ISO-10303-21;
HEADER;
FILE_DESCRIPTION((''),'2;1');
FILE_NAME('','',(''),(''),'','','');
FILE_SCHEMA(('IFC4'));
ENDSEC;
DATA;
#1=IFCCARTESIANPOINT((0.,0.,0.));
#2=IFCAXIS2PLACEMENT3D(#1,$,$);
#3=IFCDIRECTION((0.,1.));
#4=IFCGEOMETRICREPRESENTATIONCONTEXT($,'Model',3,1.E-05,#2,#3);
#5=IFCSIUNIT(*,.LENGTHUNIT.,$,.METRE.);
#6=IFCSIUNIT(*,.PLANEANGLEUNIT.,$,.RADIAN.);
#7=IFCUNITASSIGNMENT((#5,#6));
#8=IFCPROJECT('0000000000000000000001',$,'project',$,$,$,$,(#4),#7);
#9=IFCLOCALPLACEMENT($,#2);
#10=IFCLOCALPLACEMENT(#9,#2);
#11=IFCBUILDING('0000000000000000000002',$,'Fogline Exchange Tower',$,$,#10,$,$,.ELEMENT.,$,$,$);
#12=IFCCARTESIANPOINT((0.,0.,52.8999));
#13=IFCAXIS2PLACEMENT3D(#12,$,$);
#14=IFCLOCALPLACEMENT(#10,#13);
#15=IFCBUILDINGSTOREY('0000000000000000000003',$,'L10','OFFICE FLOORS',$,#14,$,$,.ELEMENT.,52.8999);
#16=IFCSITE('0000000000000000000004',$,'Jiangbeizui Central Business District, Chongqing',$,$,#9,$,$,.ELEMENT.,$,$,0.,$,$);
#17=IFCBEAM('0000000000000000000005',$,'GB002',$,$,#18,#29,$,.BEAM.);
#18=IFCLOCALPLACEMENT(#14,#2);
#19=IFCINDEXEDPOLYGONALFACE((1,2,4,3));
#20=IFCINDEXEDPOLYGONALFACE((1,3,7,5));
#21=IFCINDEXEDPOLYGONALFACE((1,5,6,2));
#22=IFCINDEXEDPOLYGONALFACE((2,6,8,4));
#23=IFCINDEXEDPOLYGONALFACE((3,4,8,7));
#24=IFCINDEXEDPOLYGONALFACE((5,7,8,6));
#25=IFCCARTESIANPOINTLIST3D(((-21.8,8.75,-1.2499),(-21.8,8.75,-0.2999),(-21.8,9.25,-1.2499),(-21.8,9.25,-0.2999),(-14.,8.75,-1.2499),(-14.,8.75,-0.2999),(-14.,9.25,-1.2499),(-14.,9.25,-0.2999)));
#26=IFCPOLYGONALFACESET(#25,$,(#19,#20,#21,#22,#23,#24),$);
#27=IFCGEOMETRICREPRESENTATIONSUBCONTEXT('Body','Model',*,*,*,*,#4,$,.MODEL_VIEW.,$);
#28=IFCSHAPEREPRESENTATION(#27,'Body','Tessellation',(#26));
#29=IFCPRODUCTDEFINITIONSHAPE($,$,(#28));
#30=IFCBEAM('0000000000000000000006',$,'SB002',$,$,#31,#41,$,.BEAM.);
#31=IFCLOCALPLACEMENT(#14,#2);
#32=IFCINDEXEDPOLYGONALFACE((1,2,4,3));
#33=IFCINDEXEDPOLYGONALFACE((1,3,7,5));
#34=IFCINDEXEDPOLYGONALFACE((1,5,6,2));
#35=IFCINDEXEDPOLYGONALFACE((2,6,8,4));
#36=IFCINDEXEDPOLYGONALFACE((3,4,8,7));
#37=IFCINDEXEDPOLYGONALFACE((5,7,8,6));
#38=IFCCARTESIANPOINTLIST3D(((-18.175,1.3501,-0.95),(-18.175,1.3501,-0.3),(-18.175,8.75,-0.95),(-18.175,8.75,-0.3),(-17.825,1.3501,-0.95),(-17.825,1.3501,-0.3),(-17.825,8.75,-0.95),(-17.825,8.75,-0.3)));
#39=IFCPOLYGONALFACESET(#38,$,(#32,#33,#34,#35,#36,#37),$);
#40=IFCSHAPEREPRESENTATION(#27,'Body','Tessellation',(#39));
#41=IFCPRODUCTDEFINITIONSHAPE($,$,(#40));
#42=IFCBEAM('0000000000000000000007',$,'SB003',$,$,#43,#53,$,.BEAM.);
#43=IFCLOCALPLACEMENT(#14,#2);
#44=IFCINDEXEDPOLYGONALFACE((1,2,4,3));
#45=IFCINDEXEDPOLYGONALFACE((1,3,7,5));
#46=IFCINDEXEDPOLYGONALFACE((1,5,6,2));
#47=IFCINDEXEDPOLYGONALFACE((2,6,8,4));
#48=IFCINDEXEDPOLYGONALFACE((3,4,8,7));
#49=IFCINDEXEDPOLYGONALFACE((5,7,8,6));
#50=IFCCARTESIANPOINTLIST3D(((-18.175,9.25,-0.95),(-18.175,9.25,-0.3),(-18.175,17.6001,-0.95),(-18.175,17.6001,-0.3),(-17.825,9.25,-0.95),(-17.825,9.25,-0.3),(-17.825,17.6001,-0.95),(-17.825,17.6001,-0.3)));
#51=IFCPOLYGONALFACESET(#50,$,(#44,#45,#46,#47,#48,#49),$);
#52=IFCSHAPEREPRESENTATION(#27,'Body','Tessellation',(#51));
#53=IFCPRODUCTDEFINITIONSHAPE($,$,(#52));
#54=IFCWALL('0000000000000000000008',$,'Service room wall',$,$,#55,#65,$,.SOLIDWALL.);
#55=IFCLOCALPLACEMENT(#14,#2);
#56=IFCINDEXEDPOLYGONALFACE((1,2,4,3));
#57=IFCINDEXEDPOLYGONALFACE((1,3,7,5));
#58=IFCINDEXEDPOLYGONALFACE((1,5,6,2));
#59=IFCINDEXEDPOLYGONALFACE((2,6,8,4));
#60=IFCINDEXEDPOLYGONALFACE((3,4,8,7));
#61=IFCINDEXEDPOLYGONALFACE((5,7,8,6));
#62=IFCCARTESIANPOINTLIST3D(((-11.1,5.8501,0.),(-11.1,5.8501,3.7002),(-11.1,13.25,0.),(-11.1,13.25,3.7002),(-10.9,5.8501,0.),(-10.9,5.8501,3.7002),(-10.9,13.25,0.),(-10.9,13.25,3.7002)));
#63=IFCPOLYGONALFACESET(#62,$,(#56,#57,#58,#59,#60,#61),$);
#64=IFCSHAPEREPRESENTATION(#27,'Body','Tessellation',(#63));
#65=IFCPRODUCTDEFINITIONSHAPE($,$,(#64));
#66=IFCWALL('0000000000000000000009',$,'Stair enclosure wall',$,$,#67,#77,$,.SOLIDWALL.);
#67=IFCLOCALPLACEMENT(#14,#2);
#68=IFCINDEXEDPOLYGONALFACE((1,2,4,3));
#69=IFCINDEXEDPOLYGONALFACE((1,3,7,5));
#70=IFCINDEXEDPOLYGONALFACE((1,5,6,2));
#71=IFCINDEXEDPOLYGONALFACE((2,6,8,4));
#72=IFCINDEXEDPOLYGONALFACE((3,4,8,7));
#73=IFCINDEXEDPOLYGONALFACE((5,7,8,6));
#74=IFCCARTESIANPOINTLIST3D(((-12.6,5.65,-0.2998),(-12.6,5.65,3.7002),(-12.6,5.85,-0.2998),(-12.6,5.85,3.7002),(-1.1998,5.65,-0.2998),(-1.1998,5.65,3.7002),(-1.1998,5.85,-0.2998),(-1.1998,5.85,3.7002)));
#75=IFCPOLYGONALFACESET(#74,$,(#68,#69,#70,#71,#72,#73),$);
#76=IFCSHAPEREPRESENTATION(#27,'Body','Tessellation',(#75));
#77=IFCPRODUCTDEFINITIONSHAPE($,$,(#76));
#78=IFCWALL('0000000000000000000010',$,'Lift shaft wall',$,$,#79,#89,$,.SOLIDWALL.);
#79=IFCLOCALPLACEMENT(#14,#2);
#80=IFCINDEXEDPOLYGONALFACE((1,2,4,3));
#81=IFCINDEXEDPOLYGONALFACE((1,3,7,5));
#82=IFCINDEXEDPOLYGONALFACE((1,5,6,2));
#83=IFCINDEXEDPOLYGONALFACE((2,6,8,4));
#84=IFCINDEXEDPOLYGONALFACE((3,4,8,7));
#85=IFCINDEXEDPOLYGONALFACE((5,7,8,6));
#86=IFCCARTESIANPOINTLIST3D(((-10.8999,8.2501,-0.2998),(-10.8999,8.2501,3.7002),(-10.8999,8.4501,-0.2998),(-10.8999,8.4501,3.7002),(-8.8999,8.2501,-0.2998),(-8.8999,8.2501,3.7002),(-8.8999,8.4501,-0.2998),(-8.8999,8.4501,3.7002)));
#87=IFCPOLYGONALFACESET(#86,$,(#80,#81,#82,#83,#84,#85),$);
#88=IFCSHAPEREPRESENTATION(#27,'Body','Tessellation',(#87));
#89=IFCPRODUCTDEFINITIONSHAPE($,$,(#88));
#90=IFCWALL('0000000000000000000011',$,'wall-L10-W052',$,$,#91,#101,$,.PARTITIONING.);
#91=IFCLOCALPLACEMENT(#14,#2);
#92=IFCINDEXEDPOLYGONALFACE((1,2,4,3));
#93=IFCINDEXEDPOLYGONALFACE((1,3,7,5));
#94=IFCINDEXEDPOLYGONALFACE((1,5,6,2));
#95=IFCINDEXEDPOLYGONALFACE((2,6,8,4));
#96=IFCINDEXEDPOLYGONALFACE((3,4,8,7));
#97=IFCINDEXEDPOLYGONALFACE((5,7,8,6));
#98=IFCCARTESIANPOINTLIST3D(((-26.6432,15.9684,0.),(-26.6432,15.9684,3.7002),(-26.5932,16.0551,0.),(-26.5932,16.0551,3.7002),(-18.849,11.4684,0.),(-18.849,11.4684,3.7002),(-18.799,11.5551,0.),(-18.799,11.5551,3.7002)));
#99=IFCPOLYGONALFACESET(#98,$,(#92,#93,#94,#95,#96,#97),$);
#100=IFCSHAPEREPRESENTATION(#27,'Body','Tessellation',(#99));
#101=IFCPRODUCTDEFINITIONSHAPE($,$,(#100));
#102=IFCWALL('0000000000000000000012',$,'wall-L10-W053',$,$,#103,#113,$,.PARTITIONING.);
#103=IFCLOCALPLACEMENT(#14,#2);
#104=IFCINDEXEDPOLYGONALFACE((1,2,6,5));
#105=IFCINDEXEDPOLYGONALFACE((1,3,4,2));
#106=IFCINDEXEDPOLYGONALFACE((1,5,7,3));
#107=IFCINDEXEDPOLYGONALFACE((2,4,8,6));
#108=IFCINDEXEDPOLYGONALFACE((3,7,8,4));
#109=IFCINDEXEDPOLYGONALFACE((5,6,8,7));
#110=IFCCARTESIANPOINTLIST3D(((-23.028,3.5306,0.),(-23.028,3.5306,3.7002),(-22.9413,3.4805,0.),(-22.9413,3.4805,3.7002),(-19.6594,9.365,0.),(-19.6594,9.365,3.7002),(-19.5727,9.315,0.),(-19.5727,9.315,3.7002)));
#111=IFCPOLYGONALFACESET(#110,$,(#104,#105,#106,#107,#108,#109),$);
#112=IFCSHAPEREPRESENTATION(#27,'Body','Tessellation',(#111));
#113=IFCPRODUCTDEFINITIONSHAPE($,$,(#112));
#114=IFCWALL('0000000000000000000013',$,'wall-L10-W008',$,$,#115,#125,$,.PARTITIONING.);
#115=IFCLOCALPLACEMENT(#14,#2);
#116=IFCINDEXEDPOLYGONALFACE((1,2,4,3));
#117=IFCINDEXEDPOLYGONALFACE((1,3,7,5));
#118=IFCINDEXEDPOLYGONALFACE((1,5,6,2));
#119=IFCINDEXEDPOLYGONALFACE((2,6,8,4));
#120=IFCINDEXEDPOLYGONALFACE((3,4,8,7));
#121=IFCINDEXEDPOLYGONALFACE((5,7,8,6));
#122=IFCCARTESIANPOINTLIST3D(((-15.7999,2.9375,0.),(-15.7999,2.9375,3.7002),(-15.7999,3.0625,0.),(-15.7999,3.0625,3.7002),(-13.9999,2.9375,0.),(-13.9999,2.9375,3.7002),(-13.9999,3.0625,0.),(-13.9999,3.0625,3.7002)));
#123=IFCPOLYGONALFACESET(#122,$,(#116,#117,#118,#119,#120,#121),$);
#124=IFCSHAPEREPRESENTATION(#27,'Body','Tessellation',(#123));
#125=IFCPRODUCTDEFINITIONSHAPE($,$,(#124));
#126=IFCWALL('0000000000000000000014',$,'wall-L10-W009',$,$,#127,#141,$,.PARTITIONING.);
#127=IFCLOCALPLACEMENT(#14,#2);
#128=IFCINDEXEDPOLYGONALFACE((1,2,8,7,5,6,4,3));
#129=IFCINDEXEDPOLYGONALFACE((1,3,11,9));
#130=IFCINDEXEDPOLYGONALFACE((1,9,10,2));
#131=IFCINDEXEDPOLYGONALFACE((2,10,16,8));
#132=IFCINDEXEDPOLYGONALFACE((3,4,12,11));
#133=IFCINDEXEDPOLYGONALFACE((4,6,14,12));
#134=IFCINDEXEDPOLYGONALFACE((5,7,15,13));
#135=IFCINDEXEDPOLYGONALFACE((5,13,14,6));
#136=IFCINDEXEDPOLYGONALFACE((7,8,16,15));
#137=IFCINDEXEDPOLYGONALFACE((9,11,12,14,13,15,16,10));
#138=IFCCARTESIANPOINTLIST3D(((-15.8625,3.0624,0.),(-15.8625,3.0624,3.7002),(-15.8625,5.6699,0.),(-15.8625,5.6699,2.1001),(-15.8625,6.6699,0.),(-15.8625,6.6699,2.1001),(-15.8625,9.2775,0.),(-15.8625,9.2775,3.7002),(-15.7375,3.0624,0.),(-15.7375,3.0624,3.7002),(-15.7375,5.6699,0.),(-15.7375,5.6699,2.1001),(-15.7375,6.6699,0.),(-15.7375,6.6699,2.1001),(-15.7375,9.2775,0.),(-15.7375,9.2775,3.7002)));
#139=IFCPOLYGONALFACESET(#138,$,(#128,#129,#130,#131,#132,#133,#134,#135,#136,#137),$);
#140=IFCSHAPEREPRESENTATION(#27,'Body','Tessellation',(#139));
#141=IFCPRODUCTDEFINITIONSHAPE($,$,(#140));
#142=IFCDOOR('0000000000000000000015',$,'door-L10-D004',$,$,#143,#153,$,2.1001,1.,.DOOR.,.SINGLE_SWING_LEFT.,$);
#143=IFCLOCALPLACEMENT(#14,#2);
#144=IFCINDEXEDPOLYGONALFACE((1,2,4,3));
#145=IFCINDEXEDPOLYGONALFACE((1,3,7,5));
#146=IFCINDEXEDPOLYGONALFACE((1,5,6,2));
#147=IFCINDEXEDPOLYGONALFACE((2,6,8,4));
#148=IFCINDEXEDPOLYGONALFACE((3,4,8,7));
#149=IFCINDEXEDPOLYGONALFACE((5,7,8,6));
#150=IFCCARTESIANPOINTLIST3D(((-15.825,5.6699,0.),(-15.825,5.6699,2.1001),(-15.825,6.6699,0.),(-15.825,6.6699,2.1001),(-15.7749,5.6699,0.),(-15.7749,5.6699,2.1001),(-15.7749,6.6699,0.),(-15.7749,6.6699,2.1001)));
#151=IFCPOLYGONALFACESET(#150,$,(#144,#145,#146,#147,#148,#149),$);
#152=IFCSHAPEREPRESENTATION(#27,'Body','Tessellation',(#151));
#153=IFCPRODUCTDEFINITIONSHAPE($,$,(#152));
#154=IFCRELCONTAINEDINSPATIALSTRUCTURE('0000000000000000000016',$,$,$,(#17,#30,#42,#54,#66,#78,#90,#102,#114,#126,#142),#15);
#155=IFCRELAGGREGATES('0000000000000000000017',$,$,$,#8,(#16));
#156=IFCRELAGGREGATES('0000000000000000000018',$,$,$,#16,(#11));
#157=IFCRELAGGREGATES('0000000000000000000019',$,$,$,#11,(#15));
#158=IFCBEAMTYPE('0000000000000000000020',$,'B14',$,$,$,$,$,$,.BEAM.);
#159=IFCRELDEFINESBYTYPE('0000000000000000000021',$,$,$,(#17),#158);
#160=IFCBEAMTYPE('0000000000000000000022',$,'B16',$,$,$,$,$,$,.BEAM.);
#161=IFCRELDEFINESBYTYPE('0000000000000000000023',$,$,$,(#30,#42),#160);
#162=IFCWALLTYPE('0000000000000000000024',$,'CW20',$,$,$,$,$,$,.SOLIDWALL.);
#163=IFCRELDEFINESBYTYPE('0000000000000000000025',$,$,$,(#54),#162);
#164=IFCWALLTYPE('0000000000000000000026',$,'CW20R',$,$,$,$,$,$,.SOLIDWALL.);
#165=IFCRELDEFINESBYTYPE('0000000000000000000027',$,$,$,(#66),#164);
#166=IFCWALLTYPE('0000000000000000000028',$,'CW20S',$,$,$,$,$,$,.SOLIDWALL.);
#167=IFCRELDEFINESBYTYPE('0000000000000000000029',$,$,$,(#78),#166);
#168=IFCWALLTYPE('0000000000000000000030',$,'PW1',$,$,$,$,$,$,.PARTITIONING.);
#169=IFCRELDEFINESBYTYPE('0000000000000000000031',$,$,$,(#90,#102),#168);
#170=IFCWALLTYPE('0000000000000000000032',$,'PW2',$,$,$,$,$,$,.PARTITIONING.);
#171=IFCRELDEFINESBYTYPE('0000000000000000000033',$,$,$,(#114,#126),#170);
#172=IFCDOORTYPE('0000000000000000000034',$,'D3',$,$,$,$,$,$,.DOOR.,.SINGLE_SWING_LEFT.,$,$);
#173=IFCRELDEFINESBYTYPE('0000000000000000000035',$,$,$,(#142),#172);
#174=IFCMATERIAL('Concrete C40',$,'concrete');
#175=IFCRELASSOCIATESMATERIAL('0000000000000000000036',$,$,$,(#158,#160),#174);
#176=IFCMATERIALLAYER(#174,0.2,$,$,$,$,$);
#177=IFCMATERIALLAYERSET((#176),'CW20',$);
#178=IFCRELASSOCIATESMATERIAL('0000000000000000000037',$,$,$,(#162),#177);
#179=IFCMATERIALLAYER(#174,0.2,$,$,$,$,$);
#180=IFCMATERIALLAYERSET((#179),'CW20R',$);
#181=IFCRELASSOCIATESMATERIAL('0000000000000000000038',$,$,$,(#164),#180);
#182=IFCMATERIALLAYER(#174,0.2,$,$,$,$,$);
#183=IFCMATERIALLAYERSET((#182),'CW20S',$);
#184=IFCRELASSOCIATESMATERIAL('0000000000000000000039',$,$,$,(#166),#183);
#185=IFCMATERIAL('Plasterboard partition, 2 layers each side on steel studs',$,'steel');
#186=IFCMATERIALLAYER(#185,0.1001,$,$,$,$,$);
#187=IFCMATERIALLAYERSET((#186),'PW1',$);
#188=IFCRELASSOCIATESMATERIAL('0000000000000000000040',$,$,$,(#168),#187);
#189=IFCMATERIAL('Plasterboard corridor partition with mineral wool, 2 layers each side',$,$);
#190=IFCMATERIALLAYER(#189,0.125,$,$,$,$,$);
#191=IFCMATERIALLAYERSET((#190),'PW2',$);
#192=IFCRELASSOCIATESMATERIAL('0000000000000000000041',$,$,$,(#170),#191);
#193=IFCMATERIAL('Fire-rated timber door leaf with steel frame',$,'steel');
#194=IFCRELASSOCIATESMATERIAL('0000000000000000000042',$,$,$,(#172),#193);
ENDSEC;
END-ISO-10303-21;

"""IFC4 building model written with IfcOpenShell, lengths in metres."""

from ifc_helpers import new_model, si_unit, direction, frame, frame_2d, origin, origin_2d, place, context, subcontext, project, spatial, rectangle, extrude, material, layer, layer_set, material_profile, profile_set, type_object, element, fill, save


model = new_model("IFC4")

# Units and contexts
model_context = context("Model", 3, precision=1e-05, world=origin(), true_north=direction((0.0, 1.0)))
body_context = subcontext(model_context, "Body", "Model", "MODEL_VIEW")
ifc_project = project(units=[si_unit("LENGTHUNIT", "METRE"), si_unit("PLANEANGLEUNIT", "RADIAN")], contexts=[model_context])

# Site, building, storey
site_placement = place(None, origin())
site = spatial("IfcSite", under=ifc_project, at=site_placement, Name="Jiangbeizui Central Business District, Chongqing", CompositionType="ELEMENT", RefElevation=0.0)
building_placement = place(site_placement, origin())
building = spatial("IfcBuilding", under=site, at=building_placement, Name="Fogline Exchange Tower", CompositionType="ELEMENT")
storey_placement = place(building_placement, frame((0.0, 0.0, 52.8999)))
storey = spatial("IfcBuildingStorey", under=building, at=storey_placement, Name="L10", Description="OFFICE FLOORS", CompositionType="ELEMENT", Elevation=52.8999)

# Beams
ifc_material_1 = material(Name="Concrete C40", Category="concrete")
ifc_material_profile_1 = material_profile(ifc_material_1, rectangle(XDim=0.5, YDim=0.95, at=origin_2d()), Name="RC 500x950")
ifc_profile_set_1 = profile_set([ifc_material_profile_1], Name="Concrete C40")
beam_type_1 = type_object("IfcBeamType", Name="B14", PredefinedType="BEAM", material=ifc_profile_set_1)
beam_1_placement = place(storey_placement, frame((-21.8, 9.0, -0.7749), z_axis=(1.0, 0.0, 0.0), x_axis=(0.0, 1.0, 0.0)))
element("IfcBeam", 1, at=beam_1_placement, inside=storey, type_object=beam_type_1, Name="GB002", PredefinedType="BEAM", context=body_context, shape_type="SweptSolid", body=[
    extrude(rectangle(XDim=0.5, YDim=0.95, at=origin_2d()), origin(), (0.0, 0.0, 1.0), 7.8),
])
ifc_material_profile_2 = material_profile(ifc_material_1, rectangle(XDim=0.3501, YDim=0.6499, at=origin_2d()), Name="RC 350x650")
ifc_profile_set_2 = profile_set([ifc_material_profile_2], Name="Concrete C40")
beam_type_2 = type_object("IfcBeamType", Name="B16", PredefinedType="BEAM", material=ifc_profile_set_2)
beam_2_placement = place(storey_placement, frame((-18.0, 1.3501, -0.625), z_axis=(0.0, 1.0, 0.0), x_axis=(-1.0, 0.0, 0.0)))
element("IfcBeam", 2, at=beam_2_placement, inside=storey, type_object=beam_type_2, Name="SB002", PredefinedType="BEAM", context=body_context, shape_type="SweptSolid", body=[
    extrude(rectangle(XDim=0.3501, YDim=0.6499, at=origin_2d()), origin(), (0.0, 0.0, 1.0), 7.3999),
])
beam_3_placement = place(storey_placement, frame((-18.0, 9.25, -0.625), z_axis=(0.0, 1.0, 0.0), x_axis=(-1.0, 0.0, 0.0)))
element("IfcBeam", 3, at=beam_3_placement, inside=storey, type_object=beam_type_2, Name="SB003", PredefinedType="BEAM", context=body_context, shape_type="SweptSolid", body=[
    extrude(rectangle(XDim=0.3501, YDim=0.6499, at=origin_2d()), origin(), (0.0, 0.0, 1.0), 8.3501),
])

# Walls
ifc_layer_1 = layer(ifc_material_1, 0.2)
ifc_layer_set_1 = layer_set([ifc_layer_1], Name="CW20")
wall_type_1 = type_object("IfcWallType", Name="CW20", PredefinedType="SOLIDWALL", material=ifc_layer_set_1)
wall_1_placement = place(storey_placement, frame((-11.0, 5.8501, 0.0), z_axis=(0.0, 0.0, 1.0), x_axis=(0.0, 1.0, 0.0)))
element("IfcWall", 4, at=wall_1_placement, inside=storey, type_object=wall_type_1, Name="Service room wall", PredefinedType="SOLIDWALL", context=body_context, shape_type="SweptSolid", body=[
    extrude(rectangle(XDim=7.3999, YDim=0.2, at=frame_2d((3.7, 0.0))), origin(), (0.0, 0.0, 1.0), 3.7002),
])
ifc_layer_2 = layer(ifc_material_1, 0.2)
ifc_layer_set_2 = layer_set([ifc_layer_2], Name="CW20R")
wall_type_2 = type_object("IfcWallType", Name="CW20R", PredefinedType="SOLIDWALL", material=ifc_layer_set_2)
wall_2_placement = place(storey_placement, frame((-12.6001, 5.75, -0.2998), z_axis=(0.0, 0.0, 1.0), x_axis=(1.0, 0.0, 0.0)))
element("IfcWall", 5, at=wall_2_placement, inside=storey, type_object=wall_type_2, Name="Stair enclosure wall", PredefinedType="SOLIDWALL", context=body_context, shape_type="SweptSolid", body=[
    extrude(rectangle(XDim=11.4001, YDim=0.2, at=frame_2d((5.7002, 0.0))), origin(), (0.0, 0.0, 1.0), 4.0),
])
ifc_layer_3 = layer(ifc_material_1, 0.2)
ifc_layer_set_3 = layer_set([ifc_layer_3], Name="CW20S")
wall_type_3 = type_object("IfcWallType", Name="CW20S", PredefinedType="SOLIDWALL", material=ifc_layer_set_3)
wall_3_placement = place(storey_placement, frame((-10.8999, 8.3501, -0.2998), z_axis=(0.0, 0.0, 1.0), x_axis=(1.0, 0.0, 0.0)))
element("IfcWall", 6, at=wall_3_placement, inside=storey, type_object=wall_type_3, Name="Lift shaft wall", PredefinedType="SOLIDWALL", context=body_context, shape_type="SweptSolid", body=[
    extrude(rectangle(XDim=2.0, YDim=0.2, at=frame_2d((1.0, 0.0))), origin(), (0.0, 0.0, 1.0), 4.0),
])
ifc_material_2 = material(Name="Plasterboard partition, 2 layers each side on steel studs", Category="steel")
ifc_layer_4 = layer(ifc_material_2, 0.1001)
ifc_layer_set_4 = layer_set([ifc_layer_4], Name="PW1")
wall_type_4 = type_object("IfcWallType", Name="PW1", PredefinedType="PARTITIONING", material=ifc_layer_set_4)
wall_4_placement = place(storey_placement, frame((-18.824, 11.5117, 0.0), z_axis=(0.0, 0.0, 1.0), x_axis=(-0.866024, 0.500002, 0.0)))
element("IfcWall", 7, at=wall_4_placement, inside=storey, type_object=wall_type_4, Name="wall-L10-W052", PredefinedType="PARTITIONING", context=body_context, shape_type="SweptSolid", body=[
    extrude(rectangle(XDim=9.0, YDim=0.1001, at=frame_2d((4.5, 0.0))), origin(), (0.0, 0.0, 1.0), 3.7002),
])
wall_5_placement = place(storey_placement, frame((-19.616, 9.3401, 0.0), z_axis=(0.0, 0.0, 1.0), x_axis=(-0.500013, -0.866018, 0.0)))
element("IfcWall", 8, at=wall_5_placement, inside=storey, type_object=wall_type_4, Name="wall-L10-W053", PredefinedType="PARTITIONING", context=body_context, shape_type="SweptSolid", body=[
    extrude(rectangle(XDim=6.7371, YDim=0.1001, at=frame_2d((3.3687, 0.0))), origin(), (0.0, 0.0, 1.0), 3.7002),
])
ifc_material_3 = material(Name="Plasterboard corridor partition with mineral wool, 2 layers each side")
ifc_layer_5 = layer(ifc_material_3, 0.125)
ifc_layer_set_5 = layer_set([ifc_layer_5], Name="PW2")
wall_type_5 = type_object("IfcWallType", Name="PW2", PredefinedType="PARTITIONING", material=ifc_layer_set_5)
wall_6_placement = place(storey_placement, frame((-14.0, 3.0, 0.0), z_axis=(0.0, 0.0, 1.0), x_axis=(-1.0, 0.0, 0.0)))
element("IfcWall", 9, at=wall_6_placement, inside=storey, type_object=wall_type_5, Name="wall-L10-W008", PredefinedType="PARTITIONING", context=body_context, shape_type="SweptSolid", body=[
    extrude(rectangle(XDim=1.8, YDim=0.125, at=frame_2d((0.8999, 0.0))), origin(), (0.0, 0.0, 1.0), 3.7002),
])

# Wall, opening, door
wall_7_placement = place(storey_placement, frame((-15.8, 3.0625, 0.0), z_axis=(0.0, 0.0, 1.0), x_axis=(0.0, 1.0, 0.0)))
wall_7 = element("IfcWall", 10, at=wall_7_placement, inside=storey, type_object=wall_type_5, Name="wall-L10-W009", PredefinedType="PARTITIONING", context=body_context, shape_type="SweptSolid", body=[
    extrude(rectangle(XDim=6.2151, YDim=0.125, at=frame_2d((3.1074, 0.0))), origin(), (0.0, 0.0, 1.0), 3.7002),
])
opening_1_placement = place(wall_7_placement, frame((2.6074, 0.0, 0.0)))
opening_1 = element("IfcOpeningElement", 11, at=opening_1_placement, cuts=wall_7, PredefinedType="OPENING", context=body_context, shape_type="SweptSolid", body=[
    extrude(rectangle(XDim=1.0, YDim=2.1001, at=frame_2d((0.5, 1.05))), frame((0.0, 0.0725, 0.0), z_axis=(0.0, -1.0, 0.0), x_axis=(1.0, 0.0, 0.0)), (0.0, 0.0, 1.0), 0.145),
])
ifc_material_4 = material(Name="Fire-rated timber door leaf with steel frame", Category="steel")
door_type_1 = type_object("IfcDoorType", Name="D3", OperationType="SINGLE_SWING_LEFT", PredefinedType="DOOR", material=ifc_material_4)
door_1_placement = place(opening_1_placement, origin())
door_1 = element("IfcDoor", 12, at=door_1_placement, inside=storey, type_object=door_type_1, Name="door-L10-D004", OperationType="SINGLE_SWING_LEFT", OverallHeight=2.1001, OverallWidth=1.0, PredefinedType="DOOR", context=body_context, shape_type="SweptSolid", body=[
    extrude(rectangle(XDim=1.0, YDim=2.1001, at=frame_2d((0.5, 1.05))), frame((0.0, 0.0249, 0.0), z_axis=(0.0, -1.0, 0.0), x_axis=(1.0, 0.0, 0.0)), (0.0, 0.0, 1.0), 0.05),
])
fill(opening_1, door_1)

save(model, "model.ifc")
